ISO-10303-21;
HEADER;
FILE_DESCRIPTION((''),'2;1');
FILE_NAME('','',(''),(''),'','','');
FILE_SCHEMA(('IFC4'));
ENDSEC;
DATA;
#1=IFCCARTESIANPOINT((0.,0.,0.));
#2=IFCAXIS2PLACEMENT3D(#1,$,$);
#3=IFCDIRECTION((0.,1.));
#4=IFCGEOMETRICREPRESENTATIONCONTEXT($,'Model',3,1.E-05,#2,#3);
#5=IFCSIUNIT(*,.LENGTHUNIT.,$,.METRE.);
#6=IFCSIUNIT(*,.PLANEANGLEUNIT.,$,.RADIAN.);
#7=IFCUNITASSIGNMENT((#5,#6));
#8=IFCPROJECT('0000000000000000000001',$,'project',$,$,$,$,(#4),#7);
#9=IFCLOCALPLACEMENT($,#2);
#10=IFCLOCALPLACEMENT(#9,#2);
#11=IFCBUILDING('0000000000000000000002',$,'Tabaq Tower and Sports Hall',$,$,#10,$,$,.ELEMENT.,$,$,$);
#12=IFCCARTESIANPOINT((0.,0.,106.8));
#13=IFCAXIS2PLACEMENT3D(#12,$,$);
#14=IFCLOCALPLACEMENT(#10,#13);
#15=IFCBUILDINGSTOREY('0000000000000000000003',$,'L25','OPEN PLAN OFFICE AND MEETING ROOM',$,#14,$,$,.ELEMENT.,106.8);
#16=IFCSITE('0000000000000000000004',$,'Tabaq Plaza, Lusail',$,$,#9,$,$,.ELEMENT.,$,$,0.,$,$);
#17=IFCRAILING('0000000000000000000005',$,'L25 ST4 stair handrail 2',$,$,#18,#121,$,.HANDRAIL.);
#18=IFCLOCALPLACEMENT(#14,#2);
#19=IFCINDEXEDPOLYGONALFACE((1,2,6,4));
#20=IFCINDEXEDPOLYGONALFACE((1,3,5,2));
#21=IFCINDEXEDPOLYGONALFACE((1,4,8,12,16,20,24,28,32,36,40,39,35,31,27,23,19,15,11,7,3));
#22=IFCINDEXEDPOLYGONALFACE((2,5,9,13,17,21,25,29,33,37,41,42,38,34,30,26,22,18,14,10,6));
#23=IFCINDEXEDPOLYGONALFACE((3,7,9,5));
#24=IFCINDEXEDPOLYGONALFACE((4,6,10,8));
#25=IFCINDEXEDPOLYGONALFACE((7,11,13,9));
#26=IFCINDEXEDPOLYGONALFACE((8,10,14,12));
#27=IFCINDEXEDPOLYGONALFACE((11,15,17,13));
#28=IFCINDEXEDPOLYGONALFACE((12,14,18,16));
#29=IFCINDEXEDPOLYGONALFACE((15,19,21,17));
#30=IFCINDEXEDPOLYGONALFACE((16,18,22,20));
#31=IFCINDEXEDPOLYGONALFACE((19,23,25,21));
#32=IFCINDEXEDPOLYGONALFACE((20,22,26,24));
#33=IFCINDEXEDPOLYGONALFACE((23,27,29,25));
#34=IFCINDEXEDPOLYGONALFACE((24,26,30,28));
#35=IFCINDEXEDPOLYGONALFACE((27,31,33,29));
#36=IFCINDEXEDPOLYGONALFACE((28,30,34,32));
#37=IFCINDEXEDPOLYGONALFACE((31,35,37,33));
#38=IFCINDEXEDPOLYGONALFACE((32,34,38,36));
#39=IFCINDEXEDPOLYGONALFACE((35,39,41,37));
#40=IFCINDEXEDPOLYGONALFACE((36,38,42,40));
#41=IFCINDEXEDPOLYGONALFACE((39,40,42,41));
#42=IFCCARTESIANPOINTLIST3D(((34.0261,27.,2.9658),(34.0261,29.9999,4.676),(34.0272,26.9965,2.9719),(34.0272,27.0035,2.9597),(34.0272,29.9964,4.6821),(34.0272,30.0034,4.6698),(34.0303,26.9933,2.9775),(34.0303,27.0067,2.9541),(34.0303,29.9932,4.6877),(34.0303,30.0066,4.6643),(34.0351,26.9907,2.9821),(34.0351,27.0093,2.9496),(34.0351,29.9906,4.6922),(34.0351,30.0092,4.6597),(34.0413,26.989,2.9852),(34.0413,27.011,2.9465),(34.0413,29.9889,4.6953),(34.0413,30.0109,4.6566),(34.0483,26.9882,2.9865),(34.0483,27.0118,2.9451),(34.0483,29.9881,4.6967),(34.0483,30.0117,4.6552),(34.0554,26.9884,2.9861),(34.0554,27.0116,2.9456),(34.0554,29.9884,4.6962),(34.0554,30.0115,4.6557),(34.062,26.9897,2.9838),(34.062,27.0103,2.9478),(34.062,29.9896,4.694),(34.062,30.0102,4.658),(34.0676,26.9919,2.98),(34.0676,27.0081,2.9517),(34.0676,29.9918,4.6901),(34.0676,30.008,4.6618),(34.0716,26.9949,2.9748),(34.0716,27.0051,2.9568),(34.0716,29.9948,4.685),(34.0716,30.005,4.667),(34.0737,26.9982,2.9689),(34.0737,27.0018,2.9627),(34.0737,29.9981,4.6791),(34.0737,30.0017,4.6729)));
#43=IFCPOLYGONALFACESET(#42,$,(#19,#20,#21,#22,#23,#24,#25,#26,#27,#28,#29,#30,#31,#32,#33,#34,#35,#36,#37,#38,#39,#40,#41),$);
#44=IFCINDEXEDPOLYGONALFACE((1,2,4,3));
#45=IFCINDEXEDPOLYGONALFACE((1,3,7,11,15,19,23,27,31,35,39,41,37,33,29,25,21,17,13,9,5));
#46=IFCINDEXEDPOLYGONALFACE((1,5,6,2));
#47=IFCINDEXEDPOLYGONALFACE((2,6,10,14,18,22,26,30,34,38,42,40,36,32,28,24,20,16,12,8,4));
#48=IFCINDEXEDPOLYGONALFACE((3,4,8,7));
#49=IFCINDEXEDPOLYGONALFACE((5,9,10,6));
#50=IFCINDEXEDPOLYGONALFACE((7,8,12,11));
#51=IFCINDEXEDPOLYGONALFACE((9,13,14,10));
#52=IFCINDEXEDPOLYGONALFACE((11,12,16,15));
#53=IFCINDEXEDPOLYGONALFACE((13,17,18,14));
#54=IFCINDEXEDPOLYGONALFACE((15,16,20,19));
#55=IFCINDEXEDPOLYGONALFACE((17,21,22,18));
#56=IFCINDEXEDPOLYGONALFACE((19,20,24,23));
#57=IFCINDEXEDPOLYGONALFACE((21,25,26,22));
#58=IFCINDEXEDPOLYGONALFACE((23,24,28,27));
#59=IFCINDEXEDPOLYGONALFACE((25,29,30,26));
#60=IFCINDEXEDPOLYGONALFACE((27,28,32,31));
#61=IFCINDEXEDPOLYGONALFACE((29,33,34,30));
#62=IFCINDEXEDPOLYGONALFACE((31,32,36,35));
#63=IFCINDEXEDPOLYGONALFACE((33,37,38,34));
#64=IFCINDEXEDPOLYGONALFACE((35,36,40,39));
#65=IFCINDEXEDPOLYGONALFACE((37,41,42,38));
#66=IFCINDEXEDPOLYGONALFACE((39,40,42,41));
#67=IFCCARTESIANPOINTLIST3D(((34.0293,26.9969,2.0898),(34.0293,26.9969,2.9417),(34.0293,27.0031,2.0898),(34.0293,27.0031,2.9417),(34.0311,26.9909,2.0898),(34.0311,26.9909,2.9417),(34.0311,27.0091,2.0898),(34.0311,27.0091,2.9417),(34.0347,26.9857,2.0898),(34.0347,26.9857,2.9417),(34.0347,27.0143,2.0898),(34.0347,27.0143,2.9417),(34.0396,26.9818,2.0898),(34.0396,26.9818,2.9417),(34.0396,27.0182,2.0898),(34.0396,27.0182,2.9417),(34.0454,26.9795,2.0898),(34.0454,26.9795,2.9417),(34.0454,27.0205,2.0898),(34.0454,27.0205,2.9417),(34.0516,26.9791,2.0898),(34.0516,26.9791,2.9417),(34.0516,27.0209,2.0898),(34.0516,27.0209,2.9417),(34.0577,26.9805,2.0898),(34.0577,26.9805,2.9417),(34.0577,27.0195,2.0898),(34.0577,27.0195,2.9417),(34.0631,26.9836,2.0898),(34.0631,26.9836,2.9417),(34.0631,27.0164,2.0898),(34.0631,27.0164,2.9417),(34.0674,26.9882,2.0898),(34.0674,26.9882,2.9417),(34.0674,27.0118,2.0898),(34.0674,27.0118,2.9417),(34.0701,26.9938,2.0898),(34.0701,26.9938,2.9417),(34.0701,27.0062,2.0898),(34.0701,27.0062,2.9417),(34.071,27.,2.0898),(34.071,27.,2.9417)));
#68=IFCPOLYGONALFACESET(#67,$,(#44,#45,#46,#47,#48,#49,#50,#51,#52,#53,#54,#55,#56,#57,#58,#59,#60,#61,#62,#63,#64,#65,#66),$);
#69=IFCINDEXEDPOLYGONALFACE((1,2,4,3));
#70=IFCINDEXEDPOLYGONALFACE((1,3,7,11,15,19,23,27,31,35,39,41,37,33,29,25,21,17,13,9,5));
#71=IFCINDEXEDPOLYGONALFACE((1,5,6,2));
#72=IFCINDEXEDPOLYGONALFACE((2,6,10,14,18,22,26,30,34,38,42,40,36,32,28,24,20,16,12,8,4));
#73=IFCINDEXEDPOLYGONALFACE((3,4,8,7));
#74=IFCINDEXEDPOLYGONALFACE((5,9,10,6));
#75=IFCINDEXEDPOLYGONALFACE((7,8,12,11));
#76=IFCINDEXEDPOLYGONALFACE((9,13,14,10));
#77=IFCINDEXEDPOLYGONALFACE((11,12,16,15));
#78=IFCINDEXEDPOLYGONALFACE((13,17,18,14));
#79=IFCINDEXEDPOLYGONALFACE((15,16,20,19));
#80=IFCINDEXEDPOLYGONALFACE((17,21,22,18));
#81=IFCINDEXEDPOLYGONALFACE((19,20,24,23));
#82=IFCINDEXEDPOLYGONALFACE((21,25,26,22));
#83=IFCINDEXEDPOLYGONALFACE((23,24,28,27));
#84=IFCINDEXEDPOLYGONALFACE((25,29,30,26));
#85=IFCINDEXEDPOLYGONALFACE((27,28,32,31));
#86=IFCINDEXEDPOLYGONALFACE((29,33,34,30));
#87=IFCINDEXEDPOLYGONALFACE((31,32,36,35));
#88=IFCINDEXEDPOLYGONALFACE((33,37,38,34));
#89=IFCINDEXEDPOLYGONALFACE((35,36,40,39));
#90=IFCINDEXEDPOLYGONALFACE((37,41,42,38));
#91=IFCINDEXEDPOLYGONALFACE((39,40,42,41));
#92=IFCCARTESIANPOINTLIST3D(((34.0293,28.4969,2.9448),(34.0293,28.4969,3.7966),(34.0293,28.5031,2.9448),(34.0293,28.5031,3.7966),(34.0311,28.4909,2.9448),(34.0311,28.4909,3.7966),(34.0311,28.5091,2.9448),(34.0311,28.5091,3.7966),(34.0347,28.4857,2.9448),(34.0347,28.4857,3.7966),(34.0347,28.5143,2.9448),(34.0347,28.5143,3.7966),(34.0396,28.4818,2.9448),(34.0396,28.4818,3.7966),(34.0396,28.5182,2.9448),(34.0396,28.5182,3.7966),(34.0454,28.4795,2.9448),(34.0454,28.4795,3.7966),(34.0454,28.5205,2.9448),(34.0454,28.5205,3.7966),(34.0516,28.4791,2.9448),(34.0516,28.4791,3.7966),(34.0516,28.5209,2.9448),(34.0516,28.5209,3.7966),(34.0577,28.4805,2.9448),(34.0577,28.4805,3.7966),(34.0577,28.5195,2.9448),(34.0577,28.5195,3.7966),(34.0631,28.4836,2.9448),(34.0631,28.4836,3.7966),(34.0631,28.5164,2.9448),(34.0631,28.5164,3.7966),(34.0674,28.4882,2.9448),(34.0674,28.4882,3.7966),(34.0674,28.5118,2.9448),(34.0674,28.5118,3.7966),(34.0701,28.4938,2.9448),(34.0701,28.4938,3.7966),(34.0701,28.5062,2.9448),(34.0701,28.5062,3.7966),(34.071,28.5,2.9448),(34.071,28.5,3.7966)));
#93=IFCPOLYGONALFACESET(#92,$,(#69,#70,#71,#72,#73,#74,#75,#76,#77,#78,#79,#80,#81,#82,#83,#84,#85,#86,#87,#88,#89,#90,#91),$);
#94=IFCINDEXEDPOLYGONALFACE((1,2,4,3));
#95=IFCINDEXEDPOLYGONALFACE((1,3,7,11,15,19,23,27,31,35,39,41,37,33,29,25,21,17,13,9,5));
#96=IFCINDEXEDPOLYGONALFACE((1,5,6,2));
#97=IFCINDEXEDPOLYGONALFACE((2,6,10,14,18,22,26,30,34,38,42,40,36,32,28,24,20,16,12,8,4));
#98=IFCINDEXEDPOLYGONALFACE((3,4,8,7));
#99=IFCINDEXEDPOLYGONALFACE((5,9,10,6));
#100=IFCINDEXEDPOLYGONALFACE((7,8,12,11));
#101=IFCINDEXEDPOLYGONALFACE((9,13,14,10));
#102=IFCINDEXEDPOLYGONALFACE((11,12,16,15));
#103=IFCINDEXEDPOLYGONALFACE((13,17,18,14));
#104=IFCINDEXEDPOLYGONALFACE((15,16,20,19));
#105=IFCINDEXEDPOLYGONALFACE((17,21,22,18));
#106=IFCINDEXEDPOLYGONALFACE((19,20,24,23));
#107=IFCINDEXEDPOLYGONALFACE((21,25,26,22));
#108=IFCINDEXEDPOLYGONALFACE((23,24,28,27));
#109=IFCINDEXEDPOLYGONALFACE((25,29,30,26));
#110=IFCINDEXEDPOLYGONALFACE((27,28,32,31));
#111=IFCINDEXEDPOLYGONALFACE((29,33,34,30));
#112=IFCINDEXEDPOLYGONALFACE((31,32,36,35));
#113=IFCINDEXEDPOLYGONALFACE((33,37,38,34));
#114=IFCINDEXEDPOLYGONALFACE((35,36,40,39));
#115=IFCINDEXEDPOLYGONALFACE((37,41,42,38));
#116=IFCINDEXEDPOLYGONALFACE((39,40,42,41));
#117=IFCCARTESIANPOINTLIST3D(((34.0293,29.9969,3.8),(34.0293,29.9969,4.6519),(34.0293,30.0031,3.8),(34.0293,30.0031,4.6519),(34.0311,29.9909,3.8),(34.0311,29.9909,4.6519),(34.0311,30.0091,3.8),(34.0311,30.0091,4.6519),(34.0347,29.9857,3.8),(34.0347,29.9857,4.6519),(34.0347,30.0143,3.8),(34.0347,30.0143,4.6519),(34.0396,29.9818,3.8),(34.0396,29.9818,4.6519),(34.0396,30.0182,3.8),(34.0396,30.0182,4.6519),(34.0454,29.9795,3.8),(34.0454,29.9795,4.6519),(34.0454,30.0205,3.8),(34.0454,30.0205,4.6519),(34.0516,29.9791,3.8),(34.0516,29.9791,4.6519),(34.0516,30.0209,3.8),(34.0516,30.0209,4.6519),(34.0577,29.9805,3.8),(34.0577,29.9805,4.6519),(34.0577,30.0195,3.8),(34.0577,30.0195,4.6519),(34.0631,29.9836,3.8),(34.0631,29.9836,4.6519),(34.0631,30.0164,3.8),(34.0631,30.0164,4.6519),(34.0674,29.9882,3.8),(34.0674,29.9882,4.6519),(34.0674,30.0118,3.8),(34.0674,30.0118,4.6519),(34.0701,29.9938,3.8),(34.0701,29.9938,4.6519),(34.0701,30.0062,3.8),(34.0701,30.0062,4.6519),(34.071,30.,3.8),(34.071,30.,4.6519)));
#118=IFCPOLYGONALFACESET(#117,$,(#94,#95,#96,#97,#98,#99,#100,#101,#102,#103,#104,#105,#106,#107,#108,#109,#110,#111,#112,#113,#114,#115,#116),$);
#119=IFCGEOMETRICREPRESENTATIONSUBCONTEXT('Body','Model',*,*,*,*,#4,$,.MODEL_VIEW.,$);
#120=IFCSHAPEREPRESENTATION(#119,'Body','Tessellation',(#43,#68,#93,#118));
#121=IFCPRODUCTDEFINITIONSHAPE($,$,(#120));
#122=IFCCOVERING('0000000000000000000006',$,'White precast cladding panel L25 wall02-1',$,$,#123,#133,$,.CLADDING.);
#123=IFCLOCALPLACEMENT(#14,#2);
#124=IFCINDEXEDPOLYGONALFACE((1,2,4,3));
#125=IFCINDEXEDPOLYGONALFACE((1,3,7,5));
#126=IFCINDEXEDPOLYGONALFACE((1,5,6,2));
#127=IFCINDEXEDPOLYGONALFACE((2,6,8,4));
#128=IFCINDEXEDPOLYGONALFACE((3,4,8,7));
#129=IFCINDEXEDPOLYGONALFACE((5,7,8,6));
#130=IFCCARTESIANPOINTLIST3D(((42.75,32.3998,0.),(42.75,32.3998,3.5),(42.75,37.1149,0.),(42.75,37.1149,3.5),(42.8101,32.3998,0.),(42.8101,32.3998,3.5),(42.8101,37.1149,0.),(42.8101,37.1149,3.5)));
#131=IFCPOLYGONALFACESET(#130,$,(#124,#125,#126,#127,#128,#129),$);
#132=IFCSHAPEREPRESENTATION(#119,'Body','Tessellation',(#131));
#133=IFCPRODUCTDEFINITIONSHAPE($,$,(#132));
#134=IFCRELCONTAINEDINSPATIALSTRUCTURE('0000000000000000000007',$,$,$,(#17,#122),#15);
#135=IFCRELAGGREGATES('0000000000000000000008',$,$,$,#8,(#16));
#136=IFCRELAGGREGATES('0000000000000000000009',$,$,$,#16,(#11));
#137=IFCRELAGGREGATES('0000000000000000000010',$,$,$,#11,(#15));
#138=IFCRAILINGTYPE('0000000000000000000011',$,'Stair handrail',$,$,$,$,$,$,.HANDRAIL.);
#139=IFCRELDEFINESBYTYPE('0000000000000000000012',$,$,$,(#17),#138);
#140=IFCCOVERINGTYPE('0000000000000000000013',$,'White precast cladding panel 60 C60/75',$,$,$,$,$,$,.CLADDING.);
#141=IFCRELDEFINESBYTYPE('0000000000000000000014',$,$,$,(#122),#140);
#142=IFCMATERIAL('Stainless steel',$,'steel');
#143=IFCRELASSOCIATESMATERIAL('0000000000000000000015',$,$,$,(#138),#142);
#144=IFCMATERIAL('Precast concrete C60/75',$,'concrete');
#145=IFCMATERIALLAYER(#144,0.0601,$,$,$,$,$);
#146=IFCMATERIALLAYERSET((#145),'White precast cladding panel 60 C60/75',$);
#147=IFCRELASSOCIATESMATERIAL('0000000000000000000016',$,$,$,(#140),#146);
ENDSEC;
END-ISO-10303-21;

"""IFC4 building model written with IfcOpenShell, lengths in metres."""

from ifc_helpers import new_model, si_unit, direction, frame, frame_2d, origin, origin_2d, place, context, subcontext, project, spatial, rectangle, circle, extrude, material, layer, layer_set, type_object, element, save


model = new_model("IFC4")

# Units and contexts
model_context = context("Model", 3, precision=1e-05, world=origin(), true_north=direction((0.0, 1.0)))
body_context = subcontext(model_context, "Body", "Model", "MODEL_VIEW")
ifc_project = project(units=[si_unit("LENGTHUNIT", "METRE"), si_unit("PLANEANGLEUNIT", "RADIAN")], contexts=[model_context])

# Site, building, storey
site_placement = place(None, origin())
site = spatial("IfcSite", under=ifc_project, at=site_placement, Name="Tabaq Plaza, Lusail", CompositionType="ELEMENT", RefElevation=0.0)
building_placement = place(site_placement, origin())
building = spatial("IfcBuilding", under=site, at=building_placement, Name="Tabaq Tower and Sports Hall", CompositionType="ELEMENT")
storey_placement = place(building_placement, frame((0.0, 0.0, 106.8)))
storey = spatial("IfcBuildingStorey", under=building, at=storey_placement, Name="L25", Description="OPEN PLAN OFFICE AND MEETING ROOM", CompositionType="ELEMENT", Elevation=106.8)

# Railing
ifc_material_1 = material(Name="Stainless steel", Category="steel")
railing_type_1 = type_object("IfcRailingType", Name="Stair handrail", PredefinedType="HANDRAIL", material=ifc_material_1)
railing_1_placement = place(storey_placement, frame((34.05, 27.0, 2.0898)))
element("IfcRailing", 1, at=railing_1_placement, inside=storey, type_object=railing_type_1, Name="L25 ST4 stair handrail 2", PredefinedType="HANDRAIL", context=body_context, shape_type="SweptSolid", body=[
    extrude(circle(Radius=0.0239, at=origin_2d()), frame((0.0, 0.0, 0.876), z_axis=(0.0, 0.868752, 0.495248), x_axis=(-1.0, 0.0, 0.0)), (0.0, 0.0, 1.0), 3.4531),
    extrude(circle(Radius=0.021, at=origin_2d()), origin(), (0.0, 0.0, 1.0), 0.8518),
    extrude(circle(Radius=0.021, at=origin_2d()), frame((0.0, 1.5, 0.855)), (0.0, 0.0, 1.0), 0.8518),
    extrude(circle(Radius=0.021, at=origin_2d()), frame((0.0, 3.0, 1.7102)), (0.0, 0.0, 1.0), 0.8518),
])

# Covering
ifc_material_2 = material(Name="Precast concrete C60/75", Category="concrete")
ifc_layer_1 = layer(ifc_material_2, 0.0601)
ifc_layer_set_1 = layer_set([ifc_layer_1], Name="White precast cladding panel 60 C60/75")
covering_type = type_object("IfcCoveringType", Name="White precast cladding panel 60 C60/75", PredefinedType="CLADDING", material=ifc_layer_set_1)
covering_placement = place(storey_placement, frame((42.78, 32.3999, 0.0), z_axis=(0.0, 0.0, 1.0), x_axis=(0.0, 1.0, 0.0)))
element("IfcCovering", 2, at=covering_placement, inside=storey, type_object=covering_type, Name="White precast cladding panel L25 wall02-1", PredefinedType="CLADDING", context=body_context, shape_type="SweptSolid", body=[
    extrude(rectangle(XDim=4.7151, YDim=0.0601, at=frame_2d((2.3574, 0.0))), origin(), (0.0, 0.0, 1.0), 3.5),
])

save(model, "model.ifc")
